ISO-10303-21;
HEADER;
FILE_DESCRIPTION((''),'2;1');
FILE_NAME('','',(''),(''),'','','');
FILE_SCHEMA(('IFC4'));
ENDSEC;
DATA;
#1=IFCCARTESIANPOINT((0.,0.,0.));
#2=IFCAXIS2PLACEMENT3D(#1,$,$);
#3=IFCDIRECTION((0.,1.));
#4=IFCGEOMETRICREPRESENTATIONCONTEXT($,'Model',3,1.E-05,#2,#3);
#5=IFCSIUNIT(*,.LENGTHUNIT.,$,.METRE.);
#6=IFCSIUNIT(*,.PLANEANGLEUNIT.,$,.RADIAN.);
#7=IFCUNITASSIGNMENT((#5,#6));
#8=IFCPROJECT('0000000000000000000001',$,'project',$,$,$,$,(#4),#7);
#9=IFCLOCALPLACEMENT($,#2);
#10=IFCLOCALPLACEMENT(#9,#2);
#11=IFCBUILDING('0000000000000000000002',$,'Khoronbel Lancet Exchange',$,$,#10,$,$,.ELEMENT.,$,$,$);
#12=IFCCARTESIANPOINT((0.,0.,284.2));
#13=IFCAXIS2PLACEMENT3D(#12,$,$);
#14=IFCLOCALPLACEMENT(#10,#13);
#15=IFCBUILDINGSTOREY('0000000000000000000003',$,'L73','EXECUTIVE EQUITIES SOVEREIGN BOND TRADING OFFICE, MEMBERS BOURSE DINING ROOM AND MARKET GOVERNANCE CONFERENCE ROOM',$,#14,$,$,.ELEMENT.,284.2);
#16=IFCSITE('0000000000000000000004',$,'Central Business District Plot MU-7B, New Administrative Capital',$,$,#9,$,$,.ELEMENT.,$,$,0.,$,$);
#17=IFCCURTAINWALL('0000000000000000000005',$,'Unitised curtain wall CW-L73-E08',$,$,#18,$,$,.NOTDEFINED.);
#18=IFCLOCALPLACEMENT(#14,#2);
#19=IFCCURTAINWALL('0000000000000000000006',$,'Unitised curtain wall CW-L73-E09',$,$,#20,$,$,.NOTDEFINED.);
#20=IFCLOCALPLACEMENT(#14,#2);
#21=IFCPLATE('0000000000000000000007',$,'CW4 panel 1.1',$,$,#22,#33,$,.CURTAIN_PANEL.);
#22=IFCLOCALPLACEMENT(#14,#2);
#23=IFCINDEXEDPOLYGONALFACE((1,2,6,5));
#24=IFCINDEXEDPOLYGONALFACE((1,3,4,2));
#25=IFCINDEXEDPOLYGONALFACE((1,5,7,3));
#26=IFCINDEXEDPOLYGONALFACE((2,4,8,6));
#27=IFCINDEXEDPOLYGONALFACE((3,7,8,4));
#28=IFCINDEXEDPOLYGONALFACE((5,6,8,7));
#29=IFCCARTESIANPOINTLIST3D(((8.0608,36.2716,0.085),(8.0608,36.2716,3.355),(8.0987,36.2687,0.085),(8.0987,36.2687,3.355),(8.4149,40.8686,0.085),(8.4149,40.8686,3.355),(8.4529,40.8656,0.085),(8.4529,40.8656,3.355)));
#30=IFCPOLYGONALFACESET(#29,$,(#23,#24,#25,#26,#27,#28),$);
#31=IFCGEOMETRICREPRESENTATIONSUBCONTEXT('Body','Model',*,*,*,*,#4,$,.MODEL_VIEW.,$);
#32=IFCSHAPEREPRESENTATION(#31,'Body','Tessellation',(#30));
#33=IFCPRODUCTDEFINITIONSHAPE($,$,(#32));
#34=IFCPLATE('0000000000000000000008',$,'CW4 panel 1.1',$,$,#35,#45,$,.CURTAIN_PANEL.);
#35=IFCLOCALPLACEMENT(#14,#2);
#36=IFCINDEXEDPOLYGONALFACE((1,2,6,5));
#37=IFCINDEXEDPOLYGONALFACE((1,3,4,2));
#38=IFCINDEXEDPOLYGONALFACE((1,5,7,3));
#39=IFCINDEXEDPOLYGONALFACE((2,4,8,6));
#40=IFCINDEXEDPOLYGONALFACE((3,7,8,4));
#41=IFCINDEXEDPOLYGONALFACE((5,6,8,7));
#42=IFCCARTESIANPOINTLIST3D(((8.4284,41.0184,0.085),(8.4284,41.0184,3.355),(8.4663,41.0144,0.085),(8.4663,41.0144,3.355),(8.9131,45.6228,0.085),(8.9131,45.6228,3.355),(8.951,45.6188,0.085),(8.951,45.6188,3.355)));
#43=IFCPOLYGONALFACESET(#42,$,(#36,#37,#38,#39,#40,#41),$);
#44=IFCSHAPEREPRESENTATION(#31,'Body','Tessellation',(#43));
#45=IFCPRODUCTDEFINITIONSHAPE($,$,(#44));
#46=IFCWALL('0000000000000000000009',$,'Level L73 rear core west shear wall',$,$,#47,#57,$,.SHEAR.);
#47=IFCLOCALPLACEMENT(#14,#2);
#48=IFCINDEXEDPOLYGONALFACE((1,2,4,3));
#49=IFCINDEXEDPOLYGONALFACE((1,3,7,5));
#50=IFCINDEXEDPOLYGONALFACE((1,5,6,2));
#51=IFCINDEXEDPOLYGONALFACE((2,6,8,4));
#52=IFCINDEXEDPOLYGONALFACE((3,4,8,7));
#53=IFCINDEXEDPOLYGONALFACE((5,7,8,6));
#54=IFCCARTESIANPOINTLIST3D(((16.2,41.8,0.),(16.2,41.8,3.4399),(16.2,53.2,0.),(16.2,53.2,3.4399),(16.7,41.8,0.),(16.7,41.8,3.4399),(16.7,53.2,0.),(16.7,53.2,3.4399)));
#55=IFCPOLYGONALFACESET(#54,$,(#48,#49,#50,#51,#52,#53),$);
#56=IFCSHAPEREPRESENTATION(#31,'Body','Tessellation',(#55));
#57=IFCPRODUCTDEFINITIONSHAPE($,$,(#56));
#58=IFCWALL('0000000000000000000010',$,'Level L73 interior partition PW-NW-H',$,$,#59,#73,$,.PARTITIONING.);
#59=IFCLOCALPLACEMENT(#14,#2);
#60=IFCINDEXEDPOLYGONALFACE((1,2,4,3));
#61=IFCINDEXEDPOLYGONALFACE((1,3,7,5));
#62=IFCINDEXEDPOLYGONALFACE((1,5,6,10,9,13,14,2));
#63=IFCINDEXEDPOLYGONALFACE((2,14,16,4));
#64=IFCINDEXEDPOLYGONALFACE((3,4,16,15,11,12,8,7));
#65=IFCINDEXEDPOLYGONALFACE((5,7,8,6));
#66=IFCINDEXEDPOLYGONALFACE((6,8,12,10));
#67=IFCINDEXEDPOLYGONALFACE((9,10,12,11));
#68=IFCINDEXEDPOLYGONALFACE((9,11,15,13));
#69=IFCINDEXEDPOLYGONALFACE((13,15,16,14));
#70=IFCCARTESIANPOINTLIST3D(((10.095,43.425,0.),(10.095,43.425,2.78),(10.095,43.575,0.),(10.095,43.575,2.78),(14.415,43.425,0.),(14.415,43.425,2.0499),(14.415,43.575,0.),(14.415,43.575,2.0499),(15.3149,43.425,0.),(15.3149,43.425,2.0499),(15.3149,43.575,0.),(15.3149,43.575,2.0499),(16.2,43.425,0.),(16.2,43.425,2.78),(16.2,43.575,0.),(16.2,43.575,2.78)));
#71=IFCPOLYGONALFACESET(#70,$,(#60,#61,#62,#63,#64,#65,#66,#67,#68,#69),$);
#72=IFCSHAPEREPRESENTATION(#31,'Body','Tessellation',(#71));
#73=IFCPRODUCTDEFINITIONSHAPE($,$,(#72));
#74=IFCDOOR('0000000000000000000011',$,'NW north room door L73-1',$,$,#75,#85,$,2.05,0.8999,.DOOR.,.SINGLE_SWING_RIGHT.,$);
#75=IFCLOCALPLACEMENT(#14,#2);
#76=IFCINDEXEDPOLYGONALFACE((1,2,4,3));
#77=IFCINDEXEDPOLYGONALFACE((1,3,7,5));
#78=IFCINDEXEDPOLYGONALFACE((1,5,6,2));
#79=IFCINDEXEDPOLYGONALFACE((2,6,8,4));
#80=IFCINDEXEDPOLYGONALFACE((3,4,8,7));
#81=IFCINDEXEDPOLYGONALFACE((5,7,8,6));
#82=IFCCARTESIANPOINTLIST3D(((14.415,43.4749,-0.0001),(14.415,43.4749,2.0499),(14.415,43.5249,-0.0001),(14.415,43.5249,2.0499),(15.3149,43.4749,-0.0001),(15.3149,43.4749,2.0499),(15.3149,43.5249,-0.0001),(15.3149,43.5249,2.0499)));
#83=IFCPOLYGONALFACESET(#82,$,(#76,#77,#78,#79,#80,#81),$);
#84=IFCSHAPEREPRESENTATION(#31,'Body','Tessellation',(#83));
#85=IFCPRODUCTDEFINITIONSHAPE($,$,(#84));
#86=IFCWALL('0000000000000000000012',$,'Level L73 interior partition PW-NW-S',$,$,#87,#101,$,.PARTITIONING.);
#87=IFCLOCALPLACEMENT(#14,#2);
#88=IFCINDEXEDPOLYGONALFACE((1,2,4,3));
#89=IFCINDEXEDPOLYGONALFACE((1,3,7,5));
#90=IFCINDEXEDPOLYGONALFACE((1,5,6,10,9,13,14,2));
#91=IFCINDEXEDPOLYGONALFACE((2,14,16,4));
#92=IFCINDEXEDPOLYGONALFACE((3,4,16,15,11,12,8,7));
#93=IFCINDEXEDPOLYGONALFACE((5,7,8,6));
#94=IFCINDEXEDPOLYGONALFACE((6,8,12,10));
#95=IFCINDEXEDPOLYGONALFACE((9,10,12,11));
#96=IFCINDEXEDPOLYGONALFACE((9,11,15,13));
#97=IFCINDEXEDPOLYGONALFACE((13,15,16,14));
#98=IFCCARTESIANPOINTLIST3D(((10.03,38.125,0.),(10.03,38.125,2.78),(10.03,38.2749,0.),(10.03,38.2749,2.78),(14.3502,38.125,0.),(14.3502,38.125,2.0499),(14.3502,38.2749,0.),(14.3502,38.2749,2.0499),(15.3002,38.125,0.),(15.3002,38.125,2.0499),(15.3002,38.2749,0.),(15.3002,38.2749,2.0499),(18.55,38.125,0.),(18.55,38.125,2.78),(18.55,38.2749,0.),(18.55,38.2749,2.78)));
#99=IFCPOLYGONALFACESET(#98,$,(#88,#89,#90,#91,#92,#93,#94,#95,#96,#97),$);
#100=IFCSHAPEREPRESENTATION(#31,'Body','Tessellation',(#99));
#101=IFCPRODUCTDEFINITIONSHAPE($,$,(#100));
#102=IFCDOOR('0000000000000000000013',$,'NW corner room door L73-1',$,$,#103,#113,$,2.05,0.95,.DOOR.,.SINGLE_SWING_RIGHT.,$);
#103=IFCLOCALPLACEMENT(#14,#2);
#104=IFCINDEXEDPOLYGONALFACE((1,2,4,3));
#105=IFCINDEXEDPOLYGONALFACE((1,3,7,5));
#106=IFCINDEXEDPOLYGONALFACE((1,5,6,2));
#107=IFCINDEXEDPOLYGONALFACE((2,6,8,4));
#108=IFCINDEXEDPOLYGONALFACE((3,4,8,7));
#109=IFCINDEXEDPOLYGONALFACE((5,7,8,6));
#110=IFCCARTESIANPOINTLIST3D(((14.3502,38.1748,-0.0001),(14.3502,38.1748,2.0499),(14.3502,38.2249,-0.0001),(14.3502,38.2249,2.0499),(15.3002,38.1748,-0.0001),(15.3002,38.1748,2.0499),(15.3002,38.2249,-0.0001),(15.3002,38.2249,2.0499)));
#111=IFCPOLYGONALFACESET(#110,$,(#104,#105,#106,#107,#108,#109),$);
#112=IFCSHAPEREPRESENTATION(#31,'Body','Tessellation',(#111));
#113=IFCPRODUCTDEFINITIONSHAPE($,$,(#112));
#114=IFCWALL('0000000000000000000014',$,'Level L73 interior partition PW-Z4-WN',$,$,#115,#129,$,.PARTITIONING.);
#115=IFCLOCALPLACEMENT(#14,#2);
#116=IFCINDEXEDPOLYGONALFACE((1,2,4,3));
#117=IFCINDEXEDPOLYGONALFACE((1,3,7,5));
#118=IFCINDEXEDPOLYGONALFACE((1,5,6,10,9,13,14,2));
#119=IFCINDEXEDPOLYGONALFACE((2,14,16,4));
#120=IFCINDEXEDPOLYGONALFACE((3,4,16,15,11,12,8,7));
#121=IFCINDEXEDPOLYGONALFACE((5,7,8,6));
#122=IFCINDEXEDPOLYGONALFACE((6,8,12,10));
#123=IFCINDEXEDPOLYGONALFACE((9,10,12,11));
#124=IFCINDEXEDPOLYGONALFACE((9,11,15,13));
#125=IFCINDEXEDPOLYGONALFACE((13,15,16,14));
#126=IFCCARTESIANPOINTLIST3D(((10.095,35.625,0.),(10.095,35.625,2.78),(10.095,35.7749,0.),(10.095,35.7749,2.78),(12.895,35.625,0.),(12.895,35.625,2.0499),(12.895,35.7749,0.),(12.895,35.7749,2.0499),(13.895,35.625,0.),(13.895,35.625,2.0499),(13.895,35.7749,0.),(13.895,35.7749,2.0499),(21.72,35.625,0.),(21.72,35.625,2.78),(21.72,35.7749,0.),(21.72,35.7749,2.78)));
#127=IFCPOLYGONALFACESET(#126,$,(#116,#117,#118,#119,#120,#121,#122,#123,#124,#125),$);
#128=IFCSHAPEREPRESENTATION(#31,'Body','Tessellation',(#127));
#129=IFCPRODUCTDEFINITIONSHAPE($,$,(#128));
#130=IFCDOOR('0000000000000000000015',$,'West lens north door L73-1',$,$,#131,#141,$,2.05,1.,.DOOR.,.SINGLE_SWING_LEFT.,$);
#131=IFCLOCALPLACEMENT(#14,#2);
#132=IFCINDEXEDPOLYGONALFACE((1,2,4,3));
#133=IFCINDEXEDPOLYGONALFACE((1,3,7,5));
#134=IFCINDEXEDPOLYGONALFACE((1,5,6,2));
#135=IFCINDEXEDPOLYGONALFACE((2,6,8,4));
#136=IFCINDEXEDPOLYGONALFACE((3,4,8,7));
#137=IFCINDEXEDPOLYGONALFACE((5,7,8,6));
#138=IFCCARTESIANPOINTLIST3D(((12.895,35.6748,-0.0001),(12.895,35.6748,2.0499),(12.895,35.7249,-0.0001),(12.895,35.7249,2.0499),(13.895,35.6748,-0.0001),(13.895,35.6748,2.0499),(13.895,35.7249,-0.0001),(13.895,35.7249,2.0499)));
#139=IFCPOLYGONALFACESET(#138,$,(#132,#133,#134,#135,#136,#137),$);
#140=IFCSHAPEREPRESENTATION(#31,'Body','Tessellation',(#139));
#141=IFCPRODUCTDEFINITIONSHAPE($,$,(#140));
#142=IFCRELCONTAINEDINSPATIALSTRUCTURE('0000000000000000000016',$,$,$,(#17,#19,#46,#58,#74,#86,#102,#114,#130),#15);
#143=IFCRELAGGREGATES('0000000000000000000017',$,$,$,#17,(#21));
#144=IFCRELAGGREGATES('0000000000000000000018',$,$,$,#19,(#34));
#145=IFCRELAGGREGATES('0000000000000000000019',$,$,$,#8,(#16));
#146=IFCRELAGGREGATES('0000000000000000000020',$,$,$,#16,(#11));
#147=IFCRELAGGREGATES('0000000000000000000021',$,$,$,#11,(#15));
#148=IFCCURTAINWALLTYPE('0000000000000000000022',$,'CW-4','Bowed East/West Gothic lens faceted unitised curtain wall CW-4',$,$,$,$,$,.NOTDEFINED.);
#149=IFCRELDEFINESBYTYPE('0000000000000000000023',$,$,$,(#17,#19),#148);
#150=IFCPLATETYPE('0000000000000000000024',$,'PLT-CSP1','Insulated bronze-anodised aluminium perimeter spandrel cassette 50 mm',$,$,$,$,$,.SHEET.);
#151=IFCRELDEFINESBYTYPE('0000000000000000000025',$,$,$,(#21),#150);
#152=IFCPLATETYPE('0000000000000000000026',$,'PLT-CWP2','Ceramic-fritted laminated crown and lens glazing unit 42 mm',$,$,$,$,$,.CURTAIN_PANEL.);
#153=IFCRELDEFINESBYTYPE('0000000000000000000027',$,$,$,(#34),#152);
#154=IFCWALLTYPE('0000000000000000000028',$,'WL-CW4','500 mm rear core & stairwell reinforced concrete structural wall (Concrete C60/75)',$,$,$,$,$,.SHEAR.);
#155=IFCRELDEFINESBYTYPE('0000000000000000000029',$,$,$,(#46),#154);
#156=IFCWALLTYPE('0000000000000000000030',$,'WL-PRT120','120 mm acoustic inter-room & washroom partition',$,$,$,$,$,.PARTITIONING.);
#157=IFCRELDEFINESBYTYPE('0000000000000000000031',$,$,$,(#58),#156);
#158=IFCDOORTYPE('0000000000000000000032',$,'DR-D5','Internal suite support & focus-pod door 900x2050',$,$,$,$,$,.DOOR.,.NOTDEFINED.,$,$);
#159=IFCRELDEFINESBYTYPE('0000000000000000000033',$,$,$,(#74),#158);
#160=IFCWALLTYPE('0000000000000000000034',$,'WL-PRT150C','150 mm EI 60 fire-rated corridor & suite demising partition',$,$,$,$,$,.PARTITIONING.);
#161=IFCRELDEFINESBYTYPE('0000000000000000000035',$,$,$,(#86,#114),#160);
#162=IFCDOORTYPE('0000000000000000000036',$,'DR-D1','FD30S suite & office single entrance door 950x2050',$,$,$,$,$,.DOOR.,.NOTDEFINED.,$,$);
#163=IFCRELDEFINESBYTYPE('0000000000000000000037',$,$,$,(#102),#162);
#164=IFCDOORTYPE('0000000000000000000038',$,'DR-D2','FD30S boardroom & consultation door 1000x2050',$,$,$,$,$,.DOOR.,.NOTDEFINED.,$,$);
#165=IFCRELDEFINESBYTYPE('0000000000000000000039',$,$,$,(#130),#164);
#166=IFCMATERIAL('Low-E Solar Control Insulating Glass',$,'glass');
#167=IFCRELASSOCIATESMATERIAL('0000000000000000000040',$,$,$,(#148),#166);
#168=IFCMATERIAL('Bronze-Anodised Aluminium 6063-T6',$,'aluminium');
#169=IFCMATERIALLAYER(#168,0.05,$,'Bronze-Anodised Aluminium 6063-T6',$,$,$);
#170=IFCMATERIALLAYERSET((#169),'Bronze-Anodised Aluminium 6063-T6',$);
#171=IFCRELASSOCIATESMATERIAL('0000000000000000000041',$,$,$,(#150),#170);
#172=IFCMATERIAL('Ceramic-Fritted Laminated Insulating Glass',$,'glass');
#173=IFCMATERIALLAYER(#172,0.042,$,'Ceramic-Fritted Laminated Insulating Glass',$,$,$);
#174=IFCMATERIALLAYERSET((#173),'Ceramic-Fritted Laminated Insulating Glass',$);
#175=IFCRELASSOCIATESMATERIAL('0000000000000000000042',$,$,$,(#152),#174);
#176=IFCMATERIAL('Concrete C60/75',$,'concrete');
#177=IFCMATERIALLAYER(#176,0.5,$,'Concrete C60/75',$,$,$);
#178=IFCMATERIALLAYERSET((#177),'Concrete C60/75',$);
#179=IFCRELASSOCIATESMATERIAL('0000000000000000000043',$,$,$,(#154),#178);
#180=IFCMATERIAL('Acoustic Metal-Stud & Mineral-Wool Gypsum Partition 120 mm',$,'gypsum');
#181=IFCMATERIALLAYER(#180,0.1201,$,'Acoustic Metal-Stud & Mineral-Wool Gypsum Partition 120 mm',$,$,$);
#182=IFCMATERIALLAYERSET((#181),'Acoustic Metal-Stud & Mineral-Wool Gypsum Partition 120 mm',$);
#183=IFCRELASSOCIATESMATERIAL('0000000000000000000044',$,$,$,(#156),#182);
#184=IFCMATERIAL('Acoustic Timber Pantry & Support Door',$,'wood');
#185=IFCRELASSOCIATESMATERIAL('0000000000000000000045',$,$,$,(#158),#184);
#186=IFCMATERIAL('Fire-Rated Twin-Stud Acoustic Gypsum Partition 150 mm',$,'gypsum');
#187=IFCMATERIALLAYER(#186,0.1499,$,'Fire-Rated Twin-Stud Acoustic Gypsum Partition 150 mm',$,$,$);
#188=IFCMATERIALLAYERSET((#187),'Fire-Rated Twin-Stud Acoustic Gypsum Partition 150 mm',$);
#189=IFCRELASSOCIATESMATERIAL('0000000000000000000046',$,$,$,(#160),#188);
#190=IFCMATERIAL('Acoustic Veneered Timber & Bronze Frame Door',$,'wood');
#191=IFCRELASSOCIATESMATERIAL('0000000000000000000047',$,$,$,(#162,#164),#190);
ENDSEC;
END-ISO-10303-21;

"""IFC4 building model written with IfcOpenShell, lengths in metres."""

from ifc_helpers import new_model, si_unit, direction, frame, frame_2d, origin, origin_2d, place, context, subcontext, project, spatial, rectangle, extrude, material, layer, layer_set, type_object, element, fill, aggregate, save


model = new_model("IFC4")

# Units and contexts
model_context = context("Model", 3, precision=1e-05, world=origin(), true_north=direction((0.0, 1.0)))
body_context = subcontext(model_context, "Body", "Model", "MODEL_VIEW")
ifc_project = project(units=[si_unit("LENGTHUNIT", "METRE"), si_unit("PLANEANGLEUNIT", "RADIAN")], contexts=[model_context])

# Site, building, storey
site_placement = place(None, origin())
site = spatial("IfcSite", under=ifc_project, at=site_placement, Name="Central Business District Plot MU-7B, New Administrative Capital", CompositionType="ELEMENT", RefElevation=0.0)
building_placement = place(site_placement, origin())
building = spatial("IfcBuilding", under=site, at=building_placement, Name="Khoronbel Lancet Exchange", CompositionType="ELEMENT")
storey_placement = place(building_placement, frame((0.0, 0.0, 284.2)))
storey = spatial("IfcBuildingStorey", under=building, at=storey_placement, Name="L73", Description="EXECUTIVE EQUITIES SOVEREIGN BOND TRADING OFFICE, MEMBERS BOURSE DINING ROOM AND MARKET GOVERNANCE CONFERENCE ROOM", CompositionType="ELEMENT", Elevation=284.2)

# Shared definitions
ifc_material_1 = material(Name="Low-E Solar Control Insulating Glass", Category="glass")
curtain_wall_type = type_object("IfcCurtainWallType", Name="CW-4", Description="Bowed East/West Gothic lens faceted unitised curtain wall CW-4", PredefinedType="NOTDEFINED", material=ifc_material_1)
ifc_material_2 = material(Name="Bronze-Anodised Aluminium 6063-T6", Category="aluminium")

# Curtain wall
curtain_wall_1_placement = place(storey_placement, origin())
curtain_wall_1 = element("IfcCurtainWall", 1, at=curtain_wall_1_placement, inside=storey, type_object=curtain_wall_type, Name="Unitised curtain wall CW-L73-E08", PredefinedType="NOTDEFINED")

# Curtain wall
curtain_wall_2_placement = place(storey_placement, origin())
curtain_wall_2 = element("IfcCurtainWall", 2, at=curtain_wall_2_placement, inside=storey, type_object=curtain_wall_type, Name="Unitised curtain wall CW-L73-E09", PredefinedType="NOTDEFINED")

# Plates
ifc_layer_1 = layer(ifc_material_2, 0.05, Name="Bronze-Anodised Aluminium 6063-T6")
ifc_layer_set_1 = layer_set([ifc_layer_1], Name="Bronze-Anodised Aluminium 6063-T6")
plate_type_1 = type_object("IfcPlateType", Name="PLT-CSP1", Description="Insulated bronze-anodised aluminium perimeter spandrel cassette 50 mm", PredefinedType="SHEET", material=ifc_layer_set_1)
plate_1_placement = place(storey_placement, frame((8.2568, 38.5686, 0.085), z_axis=(0.0, 0.0, 1.0), x_axis=(0.076819, 0.997045, 0.0)))
plate_1 = element("IfcPlate", 3, at=plate_1_placement, type_object=plate_type_1, Name="CW4 panel 1.1", PredefinedType="CURTAIN_PANEL", context=body_context, shape_type="SweptSolid", body=[
    extrude(rectangle(XDim=4.6106, YDim=0.0381, at=origin_2d()), origin(), (0.0, 0.0, 1.0), 3.27),
])
aggregate(curtain_wall_1, [plate_1])
ifc_material_3 = material(Name="Ceramic-Fritted Laminated Insulating Glass", Category="glass")
ifc_layer_2 = layer(ifc_material_3, 0.042, Name="Ceramic-Fritted Laminated Insulating Glass")
ifc_layer_set_2 = layer_set([ifc_layer_2], Name="Ceramic-Fritted Laminated Insulating Glass")
plate_type_2 = type_object("IfcPlateType", Name="PLT-CWP2", Description="Ceramic-fritted laminated crown and lens glazing unit 42 mm", PredefinedType="CURTAIN_PANEL", material=ifc_layer_set_2)
plate_2_placement = place(storey_placement, frame((8.6897, 43.3186, 0.085), z_axis=(0.0, 0.0, 1.0), x_axis=(0.104691, 0.994505, 0.0)))
plate_2 = element("IfcPlate", 4, at=plate_2_placement, type_object=plate_type_2, Name="CW4 panel 1.1", PredefinedType="CURTAIN_PANEL", context=body_context, shape_type="SweptSolid", body=[
    extrude(rectangle(XDim=4.6299, YDim=0.0381, at=origin_2d()), origin(), (0.0, 0.0, 1.0), 3.27),
])
aggregate(curtain_wall_2, [plate_2])

# Wall
ifc_material_4 = material(Name="Concrete C60/75", Category="concrete")
ifc_layer_3 = layer(ifc_material_4, 0.5, Name="Concrete C60/75")
ifc_layer_set_3 = layer_set([ifc_layer_3], Name="Concrete C60/75")
wall_type_1 = type_object("IfcWallType", Name="WL-CW4", Description="500 mm rear core & stairwell reinforced concrete structural wall (Concrete C60/75)", PredefinedType="SHEAR", material=ifc_layer_set_3)
wall_1_placement = place(storey_placement, frame((16.45, 41.8, 0.0), z_axis=(0.0, 0.0, 1.0), x_axis=(0.0, 1.0, 0.0)))
element("IfcWall", 5, at=wall_1_placement, inside=storey, type_object=wall_type_1, Name="Level L73 rear core west shear wall", PredefinedType="SHEAR", context=body_context, shape_type="SweptSolid", body=[
    extrude(rectangle(XDim=11.3999, YDim=0.5, at=frame_2d((5.7, 0.0))), origin(), (0.0, 0.0, 1.0), 3.4399),
])

# Walls, openings, doors
ifc_material_5 = material(Name="Acoustic Metal-Stud & Mineral-Wool Gypsum Partition 120 mm", Category="gypsum")
ifc_layer_4 = layer(ifc_material_5, 0.1201, Name="Acoustic Metal-Stud & Mineral-Wool Gypsum Partition 120 mm")
ifc_layer_set_4 = layer_set([ifc_layer_4], Name="Acoustic Metal-Stud & Mineral-Wool Gypsum Partition 120 mm")
wall_type_2 = type_object("IfcWallType", Name="WL-PRT120", Description="120 mm acoustic inter-room & washroom partition", PredefinedType="PARTITIONING", material=ifc_layer_set_4)
wall_2_placement = place(storey_placement, frame((10.095, 43.5, 0.0), z_axis=(0.0, 0.0, 1.0), x_axis=(1.0, 0.0, 0.0)))
wall_2 = element("IfcWall", 6, at=wall_2_placement, inside=storey, type_object=wall_type_2, Name="Level L73 interior partition PW-NW-H", PredefinedType="PARTITIONING", context=body_context, shape_type="SweptSolid", body=[
    extrude(rectangle(XDim=6.105, YDim=0.1499, at=frame_2d((3.0525, 0.0))), origin(), (0.0, 0.0, 1.0), 2.78),
])
opening_1_placement = place(wall_2_placement, frame((4.3201, 0.0, 0.0)))
opening_1 = element("IfcOpeningElement", 7, at=opening_1_placement, cuts=wall_2, PredefinedType="OPENING", context=body_context, shape_type="SweptSolid", body=[
    extrude(rectangle(XDim=0.8999, YDim=2.05, at=frame_2d((0.45, 1.0249))), frame((0.0, 0.085, 0.0), z_axis=(0.0, -1.0, 0.0), x_axis=(1.0, 0.0, 0.0)), (0.0, 0.0, 1.0), 0.1699),
])
ifc_material_6 = material(Name="Acoustic Timber Pantry & Support Door", Category="wood")
door_type_1 = type_object("IfcDoorType", Name="DR-D5", Description="Internal suite support & focus-pod door 900x2050", OperationType="NOTDEFINED", PredefinedType="DOOR", material=ifc_material_6)
door_1_placement = place(opening_1_placement, origin())
door_1 = element("IfcDoor", 8, at=door_1_placement, inside=storey, type_object=door_type_1, Name="NW north room door L73-1", OperationType="SINGLE_SWING_RIGHT", OverallHeight=2.05, OverallWidth=0.8999, PredefinedType="DOOR", context=body_context, shape_type="SweptSolid", body=[
    extrude(rectangle(XDim=0.8999, YDim=2.05, at=frame_2d((0.45, 1.0249))), frame((0.0, 0.0249, 0.0), z_axis=(0.0, -1.0, 0.0), x_axis=(1.0, 0.0, 0.0)), (0.0, 0.0, 1.0), 0.05),
])
fill(opening_1, door_1)
ifc_material_7 = material(Name="Fire-Rated Twin-Stud Acoustic Gypsum Partition 150 mm", Category="gypsum")
ifc_layer_5 = layer(ifc_material_7, 0.1499, Name="Fire-Rated Twin-Stud Acoustic Gypsum Partition 150 mm")
ifc_layer_set_5 = layer_set([ifc_layer_5], Name="Fire-Rated Twin-Stud Acoustic Gypsum Partition 150 mm")
wall_type_3 = type_object("IfcWallType", Name="WL-PRT150C", Description="150 mm EI 60 fire-rated corridor & suite demising partition", PredefinedType="PARTITIONING", material=ifc_layer_set_5)
wall_3_placement = place(storey_placement, frame((10.03, 38.2, 0.0), z_axis=(0.0, 0.0, 1.0), x_axis=(1.0, 0.0, 0.0)))
wall_3 = element("IfcWall", 9, at=wall_3_placement, inside=storey, type_object=wall_type_3, Name="Level L73 interior partition PW-NW-S", PredefinedType="PARTITIONING", context=body_context, shape_type="SweptSolid", body=[
    extrude(rectangle(XDim=8.52, YDim=0.1499, at=frame_2d((4.26, 0.0))), origin(), (0.0, 0.0, 1.0), 2.78),
])
opening_2_placement = place(wall_3_placement, frame((4.3201, 0.0, 0.0)))
opening_2 = element("IfcOpeningElement", 10, at=opening_2_placement, cuts=wall_3, PredefinedType="OPENING", context=body_context, shape_type="SweptSolid", body=[
    extrude(rectangle(XDim=0.95, YDim=2.05, at=frame_2d((0.4751, 1.0249))), frame((0.0, 0.085, 0.0), z_axis=(0.0, -1.0, 0.0), x_axis=(1.0, 0.0, 0.0)), (0.0, 0.0, 1.0), 0.1699),
])
ifc_material_8 = material(Name="Acoustic Veneered Timber & Bronze Frame Door", Category="wood")
door_type_2 = type_object("IfcDoorType", Name="DR-D1", Description="FD30S suite & office single entrance door 950x2050", OperationType="NOTDEFINED", PredefinedType="DOOR", material=ifc_material_8)
door_2_placement = place(opening_2_placement, origin())
door_2 = element("IfcDoor", 11, at=door_2_placement, inside=storey, type_object=door_type_2, Name="NW corner room door L73-1", OperationType="SINGLE_SWING_RIGHT", OverallHeight=2.05, OverallWidth=0.95, PredefinedType="DOOR", context=body_context, shape_type="SweptSolid", body=[
    extrude(rectangle(XDim=0.95, YDim=2.05, at=frame_2d((0.4751, 1.0249))), frame((0.0, 0.0249, 0.0), z_axis=(0.0, -1.0, 0.0), x_axis=(1.0, 0.0, 0.0)), (0.0, 0.0, 1.0), 0.05),
])
fill(opening_2, door_2)
wall_4_placement = place(storey_placement, frame((10.095, 35.7, 0.0), z_axis=(0.0, 0.0, 1.0), x_axis=(1.0, 0.0, 0.0)))
wall_4 = element("IfcWall", 12, at=wall_4_placement, inside=storey, type_object=wall_type_3, Name="Level L73 interior partition PW-Z4-WN", PredefinedType="PARTITIONING", context=body_context, shape_type="SweptSolid", body=[
    extrude(rectangle(XDim=11.625, YDim=0.1499, at=frame_2d((5.8125, 0.0))), origin(), (0.0, 0.0, 1.0), 2.78),
])
opening_3_placement = place(wall_4_placement, frame((2.8, 0.0, 0.0)))
opening_3 = element("IfcOpeningElement", 13, at=opening_3_placement, cuts=wall_4, PredefinedType="OPENING", context=body_context, shape_type="SweptSolid", body=[
    extrude(rectangle(XDim=1.0, YDim=2.05, at=frame_2d((0.5, 1.0249))), frame((0.0, 0.085, 0.0), z_axis=(0.0, -1.0, 0.0), x_axis=(1.0, 0.0, 0.0)), (0.0, 0.0, 1.0), 0.1699),
])
door_type_3 = type_object("IfcDoorType", Name="DR-D2", Description="FD30S boardroom & consultation door 1000x2050", OperationType="NOTDEFINED", PredefinedType="DOOR", material=ifc_material_8)
door_3_placement = place(opening_3_placement, origin())
door_3 = element("IfcDoor", 14, at=door_3_placement, inside=storey, type_object=door_type_3, Name="West lens north door L73-1", OperationType="SINGLE_SWING_LEFT", OverallHeight=2.05, OverallWidth=1.0, PredefinedType="DOOR", context=body_context, shape_type="SweptSolid", body=[
    extrude(rectangle(XDim=1.0, YDim=2.05, at=frame_2d((0.5, 1.0249))), frame((0.0, 0.0249, 0.0), z_axis=(0.0, -1.0, 0.0), x_axis=(1.0, 0.0, 0.0)), (0.0, 0.0, 1.0), 0.05),
])
fill(opening_3, door_3)

save(model, "model.ifc")
